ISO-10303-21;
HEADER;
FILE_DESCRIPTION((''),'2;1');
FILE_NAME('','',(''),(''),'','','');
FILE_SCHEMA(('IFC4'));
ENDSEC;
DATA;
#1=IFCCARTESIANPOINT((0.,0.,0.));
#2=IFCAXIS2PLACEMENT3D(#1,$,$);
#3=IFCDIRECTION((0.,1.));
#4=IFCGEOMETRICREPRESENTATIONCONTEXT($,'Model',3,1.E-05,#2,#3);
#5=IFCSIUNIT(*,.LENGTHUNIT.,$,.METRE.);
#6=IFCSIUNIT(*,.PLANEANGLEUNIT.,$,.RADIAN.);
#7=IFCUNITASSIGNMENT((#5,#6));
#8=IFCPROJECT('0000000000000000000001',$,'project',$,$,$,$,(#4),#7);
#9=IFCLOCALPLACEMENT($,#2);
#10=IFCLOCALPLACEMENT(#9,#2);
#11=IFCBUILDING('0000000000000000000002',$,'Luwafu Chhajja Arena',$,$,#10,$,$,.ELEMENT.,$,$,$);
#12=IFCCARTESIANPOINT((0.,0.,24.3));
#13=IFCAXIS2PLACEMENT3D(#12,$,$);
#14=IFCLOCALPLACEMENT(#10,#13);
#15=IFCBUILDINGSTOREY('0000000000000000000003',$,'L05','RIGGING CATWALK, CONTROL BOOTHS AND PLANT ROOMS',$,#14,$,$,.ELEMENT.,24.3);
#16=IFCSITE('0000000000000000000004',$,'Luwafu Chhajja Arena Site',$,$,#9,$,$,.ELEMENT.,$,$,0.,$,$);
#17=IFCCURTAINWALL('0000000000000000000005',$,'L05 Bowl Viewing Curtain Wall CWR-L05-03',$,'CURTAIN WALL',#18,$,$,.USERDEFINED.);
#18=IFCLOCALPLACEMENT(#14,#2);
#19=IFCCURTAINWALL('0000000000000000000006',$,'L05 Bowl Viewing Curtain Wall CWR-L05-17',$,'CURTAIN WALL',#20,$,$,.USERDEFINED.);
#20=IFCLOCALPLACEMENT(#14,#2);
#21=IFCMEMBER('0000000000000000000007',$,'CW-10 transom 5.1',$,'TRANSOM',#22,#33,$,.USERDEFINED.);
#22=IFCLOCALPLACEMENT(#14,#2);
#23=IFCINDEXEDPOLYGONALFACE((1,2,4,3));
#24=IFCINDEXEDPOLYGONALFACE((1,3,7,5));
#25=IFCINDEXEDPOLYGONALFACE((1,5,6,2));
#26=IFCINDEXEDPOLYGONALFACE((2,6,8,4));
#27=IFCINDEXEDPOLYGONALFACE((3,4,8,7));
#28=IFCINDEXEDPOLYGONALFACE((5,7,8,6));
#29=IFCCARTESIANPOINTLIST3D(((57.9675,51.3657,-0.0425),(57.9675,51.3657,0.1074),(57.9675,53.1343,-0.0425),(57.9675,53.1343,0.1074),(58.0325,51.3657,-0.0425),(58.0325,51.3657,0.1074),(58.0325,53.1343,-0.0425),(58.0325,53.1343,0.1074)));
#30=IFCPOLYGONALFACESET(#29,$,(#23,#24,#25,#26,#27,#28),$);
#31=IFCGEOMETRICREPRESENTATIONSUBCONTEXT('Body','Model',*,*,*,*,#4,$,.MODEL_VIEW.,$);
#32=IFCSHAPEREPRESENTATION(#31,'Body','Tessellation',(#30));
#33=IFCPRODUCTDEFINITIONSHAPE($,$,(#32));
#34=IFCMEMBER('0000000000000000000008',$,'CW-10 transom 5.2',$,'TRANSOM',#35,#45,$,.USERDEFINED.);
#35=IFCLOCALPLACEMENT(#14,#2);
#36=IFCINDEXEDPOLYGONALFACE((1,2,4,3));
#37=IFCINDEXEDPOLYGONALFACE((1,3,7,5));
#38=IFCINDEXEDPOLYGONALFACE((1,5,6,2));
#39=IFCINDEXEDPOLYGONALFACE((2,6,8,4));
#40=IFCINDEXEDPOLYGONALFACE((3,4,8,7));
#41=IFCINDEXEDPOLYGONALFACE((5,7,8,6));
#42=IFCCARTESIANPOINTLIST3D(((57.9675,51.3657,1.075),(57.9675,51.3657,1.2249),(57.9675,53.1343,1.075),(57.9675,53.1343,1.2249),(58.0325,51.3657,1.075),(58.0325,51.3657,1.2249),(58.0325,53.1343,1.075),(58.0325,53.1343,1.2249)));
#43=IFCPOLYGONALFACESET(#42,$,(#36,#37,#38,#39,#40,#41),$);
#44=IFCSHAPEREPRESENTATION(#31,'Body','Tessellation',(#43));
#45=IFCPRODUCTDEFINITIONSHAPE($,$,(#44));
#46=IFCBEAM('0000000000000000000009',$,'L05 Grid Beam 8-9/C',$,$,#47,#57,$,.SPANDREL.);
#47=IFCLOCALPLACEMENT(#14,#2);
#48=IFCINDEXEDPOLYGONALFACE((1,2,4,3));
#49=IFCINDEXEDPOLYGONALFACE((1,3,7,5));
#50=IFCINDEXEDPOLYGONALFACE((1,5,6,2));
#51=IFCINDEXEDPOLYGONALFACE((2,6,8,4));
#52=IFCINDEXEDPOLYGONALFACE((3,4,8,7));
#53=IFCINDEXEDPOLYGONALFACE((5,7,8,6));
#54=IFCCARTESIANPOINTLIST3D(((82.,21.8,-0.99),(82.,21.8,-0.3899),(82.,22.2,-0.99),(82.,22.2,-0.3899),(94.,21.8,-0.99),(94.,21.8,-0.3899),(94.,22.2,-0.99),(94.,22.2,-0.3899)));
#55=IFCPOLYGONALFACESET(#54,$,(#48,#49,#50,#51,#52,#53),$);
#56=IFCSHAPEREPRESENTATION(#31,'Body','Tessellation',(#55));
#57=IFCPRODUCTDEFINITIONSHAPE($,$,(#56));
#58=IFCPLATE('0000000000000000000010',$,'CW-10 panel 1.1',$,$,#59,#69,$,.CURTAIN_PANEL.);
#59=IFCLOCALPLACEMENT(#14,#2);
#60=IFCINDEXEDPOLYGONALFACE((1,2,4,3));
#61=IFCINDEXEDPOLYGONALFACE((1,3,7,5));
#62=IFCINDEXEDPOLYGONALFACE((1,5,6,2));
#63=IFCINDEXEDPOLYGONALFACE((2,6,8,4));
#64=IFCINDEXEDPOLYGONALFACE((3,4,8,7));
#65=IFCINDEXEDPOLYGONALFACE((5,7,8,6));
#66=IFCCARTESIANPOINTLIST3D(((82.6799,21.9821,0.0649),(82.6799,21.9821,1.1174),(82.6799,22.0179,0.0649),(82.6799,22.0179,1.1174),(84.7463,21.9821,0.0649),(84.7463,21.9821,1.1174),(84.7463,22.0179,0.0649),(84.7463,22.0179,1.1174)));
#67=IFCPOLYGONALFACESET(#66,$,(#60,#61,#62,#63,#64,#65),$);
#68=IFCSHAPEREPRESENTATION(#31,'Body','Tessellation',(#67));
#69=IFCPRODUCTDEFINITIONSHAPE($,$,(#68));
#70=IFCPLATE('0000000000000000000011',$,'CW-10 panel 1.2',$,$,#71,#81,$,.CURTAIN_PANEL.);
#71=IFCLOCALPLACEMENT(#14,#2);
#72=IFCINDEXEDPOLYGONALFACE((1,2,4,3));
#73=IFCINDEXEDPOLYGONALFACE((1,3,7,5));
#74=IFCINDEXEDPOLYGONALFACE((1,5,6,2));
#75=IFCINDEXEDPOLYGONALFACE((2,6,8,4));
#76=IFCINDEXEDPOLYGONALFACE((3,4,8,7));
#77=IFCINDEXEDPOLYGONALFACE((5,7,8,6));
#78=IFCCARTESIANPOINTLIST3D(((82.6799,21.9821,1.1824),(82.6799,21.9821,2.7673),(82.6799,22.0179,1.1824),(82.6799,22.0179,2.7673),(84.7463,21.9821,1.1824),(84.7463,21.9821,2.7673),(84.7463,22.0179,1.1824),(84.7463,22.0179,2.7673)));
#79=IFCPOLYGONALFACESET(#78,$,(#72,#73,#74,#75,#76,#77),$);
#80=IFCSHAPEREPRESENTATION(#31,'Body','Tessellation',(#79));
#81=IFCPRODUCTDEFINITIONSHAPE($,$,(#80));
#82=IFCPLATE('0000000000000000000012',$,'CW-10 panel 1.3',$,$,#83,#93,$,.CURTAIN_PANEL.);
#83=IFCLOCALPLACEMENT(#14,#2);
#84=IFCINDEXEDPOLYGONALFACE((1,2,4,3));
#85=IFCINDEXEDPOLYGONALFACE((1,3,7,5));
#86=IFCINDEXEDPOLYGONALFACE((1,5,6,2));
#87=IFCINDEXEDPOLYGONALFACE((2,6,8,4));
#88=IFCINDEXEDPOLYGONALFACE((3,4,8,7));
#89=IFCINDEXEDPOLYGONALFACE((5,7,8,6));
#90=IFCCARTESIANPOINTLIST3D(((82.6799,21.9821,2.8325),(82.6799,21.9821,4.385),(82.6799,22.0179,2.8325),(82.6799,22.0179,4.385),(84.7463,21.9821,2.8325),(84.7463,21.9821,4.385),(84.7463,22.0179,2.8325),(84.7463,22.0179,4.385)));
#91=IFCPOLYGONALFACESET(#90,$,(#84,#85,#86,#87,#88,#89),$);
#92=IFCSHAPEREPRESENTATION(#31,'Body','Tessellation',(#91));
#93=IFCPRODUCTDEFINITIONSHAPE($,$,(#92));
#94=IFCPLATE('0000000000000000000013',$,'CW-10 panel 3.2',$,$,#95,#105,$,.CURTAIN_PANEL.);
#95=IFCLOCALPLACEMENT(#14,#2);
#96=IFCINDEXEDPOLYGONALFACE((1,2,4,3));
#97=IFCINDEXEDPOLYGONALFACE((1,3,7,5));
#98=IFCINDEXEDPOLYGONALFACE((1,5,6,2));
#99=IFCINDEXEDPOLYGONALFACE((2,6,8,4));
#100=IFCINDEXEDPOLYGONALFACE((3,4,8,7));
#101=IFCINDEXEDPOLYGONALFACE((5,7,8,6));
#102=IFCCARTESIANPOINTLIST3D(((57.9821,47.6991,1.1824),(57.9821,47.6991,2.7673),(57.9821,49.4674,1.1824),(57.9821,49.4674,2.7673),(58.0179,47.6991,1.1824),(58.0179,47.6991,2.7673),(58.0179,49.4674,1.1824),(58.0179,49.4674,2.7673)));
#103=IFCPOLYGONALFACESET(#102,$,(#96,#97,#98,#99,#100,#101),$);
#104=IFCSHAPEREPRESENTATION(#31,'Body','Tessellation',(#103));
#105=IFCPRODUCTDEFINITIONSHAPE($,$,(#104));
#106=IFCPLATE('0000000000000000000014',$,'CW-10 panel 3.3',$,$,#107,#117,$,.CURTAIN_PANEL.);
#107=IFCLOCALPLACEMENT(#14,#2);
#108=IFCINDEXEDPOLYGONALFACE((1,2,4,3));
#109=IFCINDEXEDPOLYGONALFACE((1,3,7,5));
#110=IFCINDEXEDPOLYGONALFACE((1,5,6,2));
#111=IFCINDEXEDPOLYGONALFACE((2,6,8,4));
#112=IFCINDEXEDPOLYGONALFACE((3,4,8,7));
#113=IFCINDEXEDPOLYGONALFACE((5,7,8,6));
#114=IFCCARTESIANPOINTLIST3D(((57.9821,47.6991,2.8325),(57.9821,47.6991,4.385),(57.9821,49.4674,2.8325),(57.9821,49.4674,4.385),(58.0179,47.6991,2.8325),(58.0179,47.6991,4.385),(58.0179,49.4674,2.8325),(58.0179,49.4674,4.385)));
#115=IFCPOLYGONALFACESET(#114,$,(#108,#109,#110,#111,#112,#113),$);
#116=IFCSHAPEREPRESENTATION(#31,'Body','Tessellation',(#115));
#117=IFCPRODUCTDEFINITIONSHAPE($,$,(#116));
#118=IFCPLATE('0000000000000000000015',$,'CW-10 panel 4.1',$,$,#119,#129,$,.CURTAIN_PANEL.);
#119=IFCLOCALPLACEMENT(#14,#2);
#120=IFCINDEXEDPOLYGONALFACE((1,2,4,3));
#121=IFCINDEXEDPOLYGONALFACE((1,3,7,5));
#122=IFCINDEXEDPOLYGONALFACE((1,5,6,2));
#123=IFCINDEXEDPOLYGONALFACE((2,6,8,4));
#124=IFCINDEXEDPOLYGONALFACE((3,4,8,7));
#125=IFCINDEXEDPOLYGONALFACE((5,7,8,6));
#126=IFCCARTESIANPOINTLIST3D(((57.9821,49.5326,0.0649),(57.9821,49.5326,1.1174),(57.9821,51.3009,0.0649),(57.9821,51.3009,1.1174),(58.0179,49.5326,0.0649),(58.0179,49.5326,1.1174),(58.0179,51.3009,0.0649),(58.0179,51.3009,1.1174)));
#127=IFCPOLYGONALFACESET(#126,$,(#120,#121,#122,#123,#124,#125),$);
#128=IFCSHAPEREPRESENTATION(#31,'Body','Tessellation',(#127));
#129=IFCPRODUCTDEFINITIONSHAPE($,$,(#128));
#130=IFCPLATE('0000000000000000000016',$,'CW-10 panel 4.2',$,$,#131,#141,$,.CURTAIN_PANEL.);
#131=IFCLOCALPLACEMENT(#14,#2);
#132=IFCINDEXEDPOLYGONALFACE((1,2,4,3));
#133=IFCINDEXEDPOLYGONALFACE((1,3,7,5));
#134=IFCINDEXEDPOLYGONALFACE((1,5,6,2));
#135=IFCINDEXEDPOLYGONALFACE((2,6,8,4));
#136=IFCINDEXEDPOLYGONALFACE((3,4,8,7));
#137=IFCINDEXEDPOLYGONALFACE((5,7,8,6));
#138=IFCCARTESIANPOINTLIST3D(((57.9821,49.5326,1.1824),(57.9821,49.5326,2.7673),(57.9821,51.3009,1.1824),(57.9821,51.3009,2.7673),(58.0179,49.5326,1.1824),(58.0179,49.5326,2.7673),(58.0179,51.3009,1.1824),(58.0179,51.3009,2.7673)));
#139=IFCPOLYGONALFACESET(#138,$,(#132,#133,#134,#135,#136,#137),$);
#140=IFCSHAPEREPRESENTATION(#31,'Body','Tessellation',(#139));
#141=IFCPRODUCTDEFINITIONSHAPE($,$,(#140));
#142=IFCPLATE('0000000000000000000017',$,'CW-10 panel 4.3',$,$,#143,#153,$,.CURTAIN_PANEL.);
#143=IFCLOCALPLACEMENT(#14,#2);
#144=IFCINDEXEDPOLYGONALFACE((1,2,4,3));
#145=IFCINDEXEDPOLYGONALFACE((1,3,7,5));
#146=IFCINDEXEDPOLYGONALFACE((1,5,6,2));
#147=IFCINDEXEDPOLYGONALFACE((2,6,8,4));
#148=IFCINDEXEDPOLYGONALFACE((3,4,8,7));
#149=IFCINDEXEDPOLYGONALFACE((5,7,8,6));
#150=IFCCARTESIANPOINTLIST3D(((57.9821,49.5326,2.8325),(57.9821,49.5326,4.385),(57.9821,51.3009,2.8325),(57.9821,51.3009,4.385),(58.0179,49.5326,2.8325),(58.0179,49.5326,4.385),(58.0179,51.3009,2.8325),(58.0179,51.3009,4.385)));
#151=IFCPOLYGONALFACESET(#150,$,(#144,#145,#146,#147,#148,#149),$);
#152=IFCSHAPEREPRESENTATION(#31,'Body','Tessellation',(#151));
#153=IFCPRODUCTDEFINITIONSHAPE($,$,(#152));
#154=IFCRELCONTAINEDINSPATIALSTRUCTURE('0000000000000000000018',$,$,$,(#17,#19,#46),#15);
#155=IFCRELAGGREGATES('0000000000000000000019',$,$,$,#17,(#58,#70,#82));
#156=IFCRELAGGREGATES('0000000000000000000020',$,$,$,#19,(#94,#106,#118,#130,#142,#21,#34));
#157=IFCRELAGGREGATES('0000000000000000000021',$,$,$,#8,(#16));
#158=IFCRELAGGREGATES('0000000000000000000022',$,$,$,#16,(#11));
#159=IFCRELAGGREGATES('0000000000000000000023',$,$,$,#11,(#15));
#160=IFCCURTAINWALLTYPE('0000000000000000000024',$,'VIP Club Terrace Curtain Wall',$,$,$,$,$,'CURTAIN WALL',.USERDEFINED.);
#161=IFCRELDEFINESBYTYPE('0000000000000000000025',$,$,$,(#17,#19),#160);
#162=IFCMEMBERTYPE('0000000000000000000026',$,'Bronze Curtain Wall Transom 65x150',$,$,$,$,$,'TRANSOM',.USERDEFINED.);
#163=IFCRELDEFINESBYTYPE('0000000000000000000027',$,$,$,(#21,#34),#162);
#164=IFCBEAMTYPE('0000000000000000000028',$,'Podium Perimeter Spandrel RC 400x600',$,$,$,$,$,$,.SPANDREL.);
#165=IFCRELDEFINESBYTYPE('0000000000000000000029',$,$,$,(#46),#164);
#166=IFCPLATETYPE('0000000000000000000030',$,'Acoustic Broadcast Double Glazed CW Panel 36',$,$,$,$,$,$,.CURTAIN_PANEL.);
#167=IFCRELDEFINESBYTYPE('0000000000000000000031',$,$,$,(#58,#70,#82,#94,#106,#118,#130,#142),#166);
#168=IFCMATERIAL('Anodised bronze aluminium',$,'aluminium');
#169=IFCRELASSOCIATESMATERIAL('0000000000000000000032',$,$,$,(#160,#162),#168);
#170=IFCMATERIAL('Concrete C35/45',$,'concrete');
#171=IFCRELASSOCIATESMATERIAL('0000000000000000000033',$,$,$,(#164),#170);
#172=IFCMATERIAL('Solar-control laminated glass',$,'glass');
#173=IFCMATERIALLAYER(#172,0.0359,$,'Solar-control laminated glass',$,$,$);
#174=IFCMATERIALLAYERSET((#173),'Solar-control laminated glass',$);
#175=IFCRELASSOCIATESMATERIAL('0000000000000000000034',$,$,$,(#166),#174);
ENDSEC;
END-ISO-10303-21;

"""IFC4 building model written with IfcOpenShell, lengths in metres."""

from ifc_helpers import new_model, si_unit, direction, frame, origin, origin_2d, place, context, subcontext, project, spatial, rectangle, extrude, material, layer, layer_set, material_profile, profile_set, type_object, element, aggregate, save


model = new_model("IFC4")

# Units and contexts
model_context = context("Model", 3, precision=1e-05, world=origin(), true_north=direction((0.0, 1.0)))
body_context = subcontext(model_context, "Body", "Model", "MODEL_VIEW")
ifc_project = project(units=[si_unit("LENGTHUNIT", "METRE"), si_unit("PLANEANGLEUNIT", "RADIAN")], contexts=[model_context])

# Site, building, storey
site_placement = place(None, origin())
site = spatial("IfcSite", under=ifc_project, at=site_placement, Name="Luwafu Chhajja Arena Site", CompositionType="ELEMENT", RefElevation=0.0)
building_placement = place(site_placement, origin())
building = spatial("IfcBuilding", under=site, at=building_placement, Name="Luwafu Chhajja Arena", CompositionType="ELEMENT")
storey_placement = place(building_placement, frame((0.0, 0.0, 24.3)))
storey = spatial("IfcBuildingStorey", under=building, at=storey_placement, Name="L05", Description="RIGGING CATWALK, CONTROL BOOTHS AND PLANT ROOMS", CompositionType="ELEMENT", Elevation=24.3)

# Shared definitions
ifc_material_1 = material(Name="Anodised bronze aluminium", Category="aluminium")
curtain_wall_type = type_object("IfcCurtainWallType", Name="VIP Club Terrace Curtain Wall", ElementType="CURTAIN WALL", PredefinedType="USERDEFINED", material=ifc_material_1)

# Curtain walls
curtain_wall_1_placement = place(storey_placement, origin())
curtain_wall_1 = element("IfcCurtainWall", 1, at=curtain_wall_1_placement, inside=storey, type_object=curtain_wall_type, Name="L05 Bowl Viewing Curtain Wall CWR-L05-03", ObjectType="CURTAIN WALL", PredefinedType="USERDEFINED")
curtain_wall_2_placement = place(storey_placement, origin())
curtain_wall_2 = element("IfcCurtainWall", 2, at=curtain_wall_2_placement, inside=storey, type_object=curtain_wall_type, Name="L05 Bowl Viewing Curtain Wall CWR-L05-17", ObjectType="CURTAIN WALL", PredefinedType="USERDEFINED")

# Members
ifc_material_profile_1 = material_profile(ifc_material_1, rectangle(XDim=0.0649, YDim=0.1499, at=origin_2d()), Name="CWT 65x150")
ifc_profile_set_1 = profile_set([ifc_material_profile_1], Name="Anodised bronze aluminium")
member_type_1 = type_object("IfcMemberType", Name="Bronze Curtain Wall Transom 65x150", ElementType="TRANSOM", PredefinedType="USERDEFINED", material=ifc_profile_set_1)
member_1_placement = place(storey_placement, frame((58.0, 51.3657, 0.0325), z_axis=(0.0, 1.0, 0.0), x_axis=(-1.0, 0.0, 0.0)))
member_1 = element("IfcMember", 3, at=member_1_placement, type_object=member_type_1, Name="CW-10 transom 5.1", ObjectType="TRANSOM", PredefinedType="USERDEFINED", context=body_context, shape_type="SweptSolid", body=[
    extrude(rectangle(XDim=0.0649, YDim=0.1499, at=origin_2d()), origin(), (0.0, 0.0, 1.0), 1.7686),
])
member_2_placement = place(storey_placement, frame((58.0, 51.3657, 1.1499), z_axis=(0.0, 1.0, 0.0), x_axis=(-1.0, 0.0, 0.0)))
member_2 = element("IfcMember", 4, at=member_2_placement, type_object=member_type_1, Name="CW-10 transom 5.2", ObjectType="TRANSOM", PredefinedType="USERDEFINED", context=body_context, shape_type="SweptSolid", body=[
    extrude(rectangle(XDim=0.0649, YDim=0.1499, at=origin_2d()), origin(), (0.0, 0.0, 1.0), 1.7686),
])

# Beam
ifc_material_2 = material(Name="Concrete C35/45", Category="concrete")
ifc_material_profile_2 = material_profile(ifc_material_2, rectangle(XDim=0.3999, YDim=0.6001, at=origin_2d()), Name="RC 400x600")
ifc_profile_set_2 = profile_set([ifc_material_profile_2], Name="Concrete C35/45")
beam_type = type_object("IfcBeamType", Name="Podium Perimeter Spandrel RC 400x600", PredefinedType="SPANDREL", material=ifc_profile_set_2)
beam_placement = place(storey_placement, frame((82.0, 22.0, -0.6899), z_axis=(1.0, 0.0, 0.0), x_axis=(0.0, 1.0, 0.0)))
element("IfcBeam", 5, at=beam_placement, inside=storey, type_object=beam_type, Name="L05 Grid Beam 8-9/C", PredefinedType="SPANDREL", context=body_context, shape_type="SweptSolid", body=[
    extrude(rectangle(XDim=0.3999, YDim=0.6001, at=origin_2d()), origin(), (0.0, 0.0, 1.0), 12.0),
])

# Plates
ifc_material_3 = material(Name="Solar-control laminated glass", Category="glass")
ifc_layer = layer(ifc_material_3, 0.0359, Name="Solar-control laminated glass")
ifc_layer_set = layer_set([ifc_layer], Name="Solar-control laminated glass")
plate_type = type_object("IfcPlateType", Name="Acoustic Broadcast Double Glazed CW Panel 36", PredefinedType="CURTAIN_PANEL", material=ifc_layer_set)
plate_1_placement = place(storey_placement, frame((83.7131, 22.0, 0.0649), z_axis=(0.0, 0.0, 1.0), x_axis=(1.0, 0.0, 0.0)))
plate_1 = element("IfcPlate", 6, at=plate_1_placement, type_object=plate_type, Name="CW-10 panel 1.1", PredefinedType="CURTAIN_PANEL", context=body_context, shape_type="SweptSolid", body=[
    extrude(rectangle(XDim=2.0664, YDim=0.0359, at=origin_2d()), origin(), (0.0, 0.0, 1.0), 1.0525),
])
plate_2_placement = place(storey_placement, frame((83.7131, 22.0, 1.1824), z_axis=(0.0, 0.0, 1.0), x_axis=(1.0, 0.0, 0.0)))
plate_2 = element("IfcPlate", 7, at=plate_2_placement, type_object=plate_type, Name="CW-10 panel 1.2", PredefinedType="CURTAIN_PANEL", context=body_context, shape_type="SweptSolid", body=[
    extrude(rectangle(XDim=2.0664, YDim=0.0359, at=origin_2d()), origin(), (0.0, 0.0, 1.0), 1.585),
])
plate_3_placement = place(storey_placement, frame((83.7131, 22.0, 2.8325), z_axis=(0.0, 0.0, 1.0), x_axis=(1.0, 0.0, 0.0)))
plate_3 = element("IfcPlate", 8, at=plate_3_placement, type_object=plate_type, Name="CW-10 panel 1.3", PredefinedType="CURTAIN_PANEL", context=body_context, shape_type="SweptSolid", body=[
    extrude(rectangle(XDim=2.0664, YDim=0.0359, at=origin_2d()), origin(), (0.0, 0.0, 1.0), 1.5525),
])
aggregate(curtain_wall_1, [plate_1, plate_2, plate_3])
plate_4_placement = place(storey_placement, frame((58.0, 48.5833, 1.1824), z_axis=(0.0, 0.0, 1.0), x_axis=(0.0, 1.0, 0.0)))
plate_4 = element("IfcPlate", 9, at=plate_4_placement, type_object=plate_type, Name="CW-10 panel 3.2", PredefinedType="CURTAIN_PANEL", context=body_context, shape_type="SweptSolid", body=[
    extrude(rectangle(XDim=1.7683, YDim=0.0359, at=origin_2d()), origin(), (0.0, 0.0, 1.0), 1.585),
])
plate_5_placement = place(storey_placement, frame((58.0, 48.5833, 2.8325), z_axis=(0.0, 0.0, 1.0), x_axis=(0.0, 1.0, 0.0)))
plate_5 = element("IfcPlate", 10, at=plate_5_placement, type_object=plate_type, Name="CW-10 panel 3.3", PredefinedType="CURTAIN_PANEL", context=body_context, shape_type="SweptSolid", body=[
    extrude(rectangle(XDim=1.7683, YDim=0.0359, at=origin_2d()), origin(), (0.0, 0.0, 1.0), 1.5525),
])
plate_6_placement = place(storey_placement, frame((58.0, 50.4167, 0.0649), z_axis=(0.0, 0.0, 1.0), x_axis=(0.0, 1.0, 0.0)))
plate_6 = element("IfcPlate", 11, at=plate_6_placement, type_object=plate_type, Name="CW-10 panel 4.1", PredefinedType="CURTAIN_PANEL", context=body_context, shape_type="SweptSolid", body=[
    extrude(rectangle(XDim=1.7683, YDim=0.0359, at=origin_2d()), origin(), (0.0, 0.0, 1.0), 1.0525),
])
plate_7_placement = place(storey_placement, frame((58.0, 50.4167, 1.1824), z_axis=(0.0, 0.0, 1.0), x_axis=(0.0, 1.0, 0.0)))
plate_7 = element("IfcPlate", 12, at=plate_7_placement, type_object=plate_type, Name="CW-10 panel 4.2", PredefinedType="CURTAIN_PANEL", context=body_context, shape_type="SweptSolid", body=[
    extrude(rectangle(XDim=1.7683, YDim=0.0359, at=origin_2d()), origin(), (0.0, 0.0, 1.0), 1.585),
])
plate_8_placement = place(storey_placement, frame((58.0, 50.4167, 2.8325), z_axis=(0.0, 0.0, 1.0), x_axis=(0.0, 1.0, 0.0)))
plate_8 = element("IfcPlate", 13, at=plate_8_placement, type_object=plate_type, Name="CW-10 panel 4.3", PredefinedType="CURTAIN_PANEL", context=body_context, shape_type="SweptSolid", body=[
    extrude(rectangle(XDim=1.7683, YDim=0.0359, at=origin_2d()), origin(), (0.0, 0.0, 1.0), 1.5525),
])
aggregate(curtain_wall_2, [plate_4, plate_5, plate_6, plate_7, plate_8, member_1, member_2])

save(model, "model.ifc")
